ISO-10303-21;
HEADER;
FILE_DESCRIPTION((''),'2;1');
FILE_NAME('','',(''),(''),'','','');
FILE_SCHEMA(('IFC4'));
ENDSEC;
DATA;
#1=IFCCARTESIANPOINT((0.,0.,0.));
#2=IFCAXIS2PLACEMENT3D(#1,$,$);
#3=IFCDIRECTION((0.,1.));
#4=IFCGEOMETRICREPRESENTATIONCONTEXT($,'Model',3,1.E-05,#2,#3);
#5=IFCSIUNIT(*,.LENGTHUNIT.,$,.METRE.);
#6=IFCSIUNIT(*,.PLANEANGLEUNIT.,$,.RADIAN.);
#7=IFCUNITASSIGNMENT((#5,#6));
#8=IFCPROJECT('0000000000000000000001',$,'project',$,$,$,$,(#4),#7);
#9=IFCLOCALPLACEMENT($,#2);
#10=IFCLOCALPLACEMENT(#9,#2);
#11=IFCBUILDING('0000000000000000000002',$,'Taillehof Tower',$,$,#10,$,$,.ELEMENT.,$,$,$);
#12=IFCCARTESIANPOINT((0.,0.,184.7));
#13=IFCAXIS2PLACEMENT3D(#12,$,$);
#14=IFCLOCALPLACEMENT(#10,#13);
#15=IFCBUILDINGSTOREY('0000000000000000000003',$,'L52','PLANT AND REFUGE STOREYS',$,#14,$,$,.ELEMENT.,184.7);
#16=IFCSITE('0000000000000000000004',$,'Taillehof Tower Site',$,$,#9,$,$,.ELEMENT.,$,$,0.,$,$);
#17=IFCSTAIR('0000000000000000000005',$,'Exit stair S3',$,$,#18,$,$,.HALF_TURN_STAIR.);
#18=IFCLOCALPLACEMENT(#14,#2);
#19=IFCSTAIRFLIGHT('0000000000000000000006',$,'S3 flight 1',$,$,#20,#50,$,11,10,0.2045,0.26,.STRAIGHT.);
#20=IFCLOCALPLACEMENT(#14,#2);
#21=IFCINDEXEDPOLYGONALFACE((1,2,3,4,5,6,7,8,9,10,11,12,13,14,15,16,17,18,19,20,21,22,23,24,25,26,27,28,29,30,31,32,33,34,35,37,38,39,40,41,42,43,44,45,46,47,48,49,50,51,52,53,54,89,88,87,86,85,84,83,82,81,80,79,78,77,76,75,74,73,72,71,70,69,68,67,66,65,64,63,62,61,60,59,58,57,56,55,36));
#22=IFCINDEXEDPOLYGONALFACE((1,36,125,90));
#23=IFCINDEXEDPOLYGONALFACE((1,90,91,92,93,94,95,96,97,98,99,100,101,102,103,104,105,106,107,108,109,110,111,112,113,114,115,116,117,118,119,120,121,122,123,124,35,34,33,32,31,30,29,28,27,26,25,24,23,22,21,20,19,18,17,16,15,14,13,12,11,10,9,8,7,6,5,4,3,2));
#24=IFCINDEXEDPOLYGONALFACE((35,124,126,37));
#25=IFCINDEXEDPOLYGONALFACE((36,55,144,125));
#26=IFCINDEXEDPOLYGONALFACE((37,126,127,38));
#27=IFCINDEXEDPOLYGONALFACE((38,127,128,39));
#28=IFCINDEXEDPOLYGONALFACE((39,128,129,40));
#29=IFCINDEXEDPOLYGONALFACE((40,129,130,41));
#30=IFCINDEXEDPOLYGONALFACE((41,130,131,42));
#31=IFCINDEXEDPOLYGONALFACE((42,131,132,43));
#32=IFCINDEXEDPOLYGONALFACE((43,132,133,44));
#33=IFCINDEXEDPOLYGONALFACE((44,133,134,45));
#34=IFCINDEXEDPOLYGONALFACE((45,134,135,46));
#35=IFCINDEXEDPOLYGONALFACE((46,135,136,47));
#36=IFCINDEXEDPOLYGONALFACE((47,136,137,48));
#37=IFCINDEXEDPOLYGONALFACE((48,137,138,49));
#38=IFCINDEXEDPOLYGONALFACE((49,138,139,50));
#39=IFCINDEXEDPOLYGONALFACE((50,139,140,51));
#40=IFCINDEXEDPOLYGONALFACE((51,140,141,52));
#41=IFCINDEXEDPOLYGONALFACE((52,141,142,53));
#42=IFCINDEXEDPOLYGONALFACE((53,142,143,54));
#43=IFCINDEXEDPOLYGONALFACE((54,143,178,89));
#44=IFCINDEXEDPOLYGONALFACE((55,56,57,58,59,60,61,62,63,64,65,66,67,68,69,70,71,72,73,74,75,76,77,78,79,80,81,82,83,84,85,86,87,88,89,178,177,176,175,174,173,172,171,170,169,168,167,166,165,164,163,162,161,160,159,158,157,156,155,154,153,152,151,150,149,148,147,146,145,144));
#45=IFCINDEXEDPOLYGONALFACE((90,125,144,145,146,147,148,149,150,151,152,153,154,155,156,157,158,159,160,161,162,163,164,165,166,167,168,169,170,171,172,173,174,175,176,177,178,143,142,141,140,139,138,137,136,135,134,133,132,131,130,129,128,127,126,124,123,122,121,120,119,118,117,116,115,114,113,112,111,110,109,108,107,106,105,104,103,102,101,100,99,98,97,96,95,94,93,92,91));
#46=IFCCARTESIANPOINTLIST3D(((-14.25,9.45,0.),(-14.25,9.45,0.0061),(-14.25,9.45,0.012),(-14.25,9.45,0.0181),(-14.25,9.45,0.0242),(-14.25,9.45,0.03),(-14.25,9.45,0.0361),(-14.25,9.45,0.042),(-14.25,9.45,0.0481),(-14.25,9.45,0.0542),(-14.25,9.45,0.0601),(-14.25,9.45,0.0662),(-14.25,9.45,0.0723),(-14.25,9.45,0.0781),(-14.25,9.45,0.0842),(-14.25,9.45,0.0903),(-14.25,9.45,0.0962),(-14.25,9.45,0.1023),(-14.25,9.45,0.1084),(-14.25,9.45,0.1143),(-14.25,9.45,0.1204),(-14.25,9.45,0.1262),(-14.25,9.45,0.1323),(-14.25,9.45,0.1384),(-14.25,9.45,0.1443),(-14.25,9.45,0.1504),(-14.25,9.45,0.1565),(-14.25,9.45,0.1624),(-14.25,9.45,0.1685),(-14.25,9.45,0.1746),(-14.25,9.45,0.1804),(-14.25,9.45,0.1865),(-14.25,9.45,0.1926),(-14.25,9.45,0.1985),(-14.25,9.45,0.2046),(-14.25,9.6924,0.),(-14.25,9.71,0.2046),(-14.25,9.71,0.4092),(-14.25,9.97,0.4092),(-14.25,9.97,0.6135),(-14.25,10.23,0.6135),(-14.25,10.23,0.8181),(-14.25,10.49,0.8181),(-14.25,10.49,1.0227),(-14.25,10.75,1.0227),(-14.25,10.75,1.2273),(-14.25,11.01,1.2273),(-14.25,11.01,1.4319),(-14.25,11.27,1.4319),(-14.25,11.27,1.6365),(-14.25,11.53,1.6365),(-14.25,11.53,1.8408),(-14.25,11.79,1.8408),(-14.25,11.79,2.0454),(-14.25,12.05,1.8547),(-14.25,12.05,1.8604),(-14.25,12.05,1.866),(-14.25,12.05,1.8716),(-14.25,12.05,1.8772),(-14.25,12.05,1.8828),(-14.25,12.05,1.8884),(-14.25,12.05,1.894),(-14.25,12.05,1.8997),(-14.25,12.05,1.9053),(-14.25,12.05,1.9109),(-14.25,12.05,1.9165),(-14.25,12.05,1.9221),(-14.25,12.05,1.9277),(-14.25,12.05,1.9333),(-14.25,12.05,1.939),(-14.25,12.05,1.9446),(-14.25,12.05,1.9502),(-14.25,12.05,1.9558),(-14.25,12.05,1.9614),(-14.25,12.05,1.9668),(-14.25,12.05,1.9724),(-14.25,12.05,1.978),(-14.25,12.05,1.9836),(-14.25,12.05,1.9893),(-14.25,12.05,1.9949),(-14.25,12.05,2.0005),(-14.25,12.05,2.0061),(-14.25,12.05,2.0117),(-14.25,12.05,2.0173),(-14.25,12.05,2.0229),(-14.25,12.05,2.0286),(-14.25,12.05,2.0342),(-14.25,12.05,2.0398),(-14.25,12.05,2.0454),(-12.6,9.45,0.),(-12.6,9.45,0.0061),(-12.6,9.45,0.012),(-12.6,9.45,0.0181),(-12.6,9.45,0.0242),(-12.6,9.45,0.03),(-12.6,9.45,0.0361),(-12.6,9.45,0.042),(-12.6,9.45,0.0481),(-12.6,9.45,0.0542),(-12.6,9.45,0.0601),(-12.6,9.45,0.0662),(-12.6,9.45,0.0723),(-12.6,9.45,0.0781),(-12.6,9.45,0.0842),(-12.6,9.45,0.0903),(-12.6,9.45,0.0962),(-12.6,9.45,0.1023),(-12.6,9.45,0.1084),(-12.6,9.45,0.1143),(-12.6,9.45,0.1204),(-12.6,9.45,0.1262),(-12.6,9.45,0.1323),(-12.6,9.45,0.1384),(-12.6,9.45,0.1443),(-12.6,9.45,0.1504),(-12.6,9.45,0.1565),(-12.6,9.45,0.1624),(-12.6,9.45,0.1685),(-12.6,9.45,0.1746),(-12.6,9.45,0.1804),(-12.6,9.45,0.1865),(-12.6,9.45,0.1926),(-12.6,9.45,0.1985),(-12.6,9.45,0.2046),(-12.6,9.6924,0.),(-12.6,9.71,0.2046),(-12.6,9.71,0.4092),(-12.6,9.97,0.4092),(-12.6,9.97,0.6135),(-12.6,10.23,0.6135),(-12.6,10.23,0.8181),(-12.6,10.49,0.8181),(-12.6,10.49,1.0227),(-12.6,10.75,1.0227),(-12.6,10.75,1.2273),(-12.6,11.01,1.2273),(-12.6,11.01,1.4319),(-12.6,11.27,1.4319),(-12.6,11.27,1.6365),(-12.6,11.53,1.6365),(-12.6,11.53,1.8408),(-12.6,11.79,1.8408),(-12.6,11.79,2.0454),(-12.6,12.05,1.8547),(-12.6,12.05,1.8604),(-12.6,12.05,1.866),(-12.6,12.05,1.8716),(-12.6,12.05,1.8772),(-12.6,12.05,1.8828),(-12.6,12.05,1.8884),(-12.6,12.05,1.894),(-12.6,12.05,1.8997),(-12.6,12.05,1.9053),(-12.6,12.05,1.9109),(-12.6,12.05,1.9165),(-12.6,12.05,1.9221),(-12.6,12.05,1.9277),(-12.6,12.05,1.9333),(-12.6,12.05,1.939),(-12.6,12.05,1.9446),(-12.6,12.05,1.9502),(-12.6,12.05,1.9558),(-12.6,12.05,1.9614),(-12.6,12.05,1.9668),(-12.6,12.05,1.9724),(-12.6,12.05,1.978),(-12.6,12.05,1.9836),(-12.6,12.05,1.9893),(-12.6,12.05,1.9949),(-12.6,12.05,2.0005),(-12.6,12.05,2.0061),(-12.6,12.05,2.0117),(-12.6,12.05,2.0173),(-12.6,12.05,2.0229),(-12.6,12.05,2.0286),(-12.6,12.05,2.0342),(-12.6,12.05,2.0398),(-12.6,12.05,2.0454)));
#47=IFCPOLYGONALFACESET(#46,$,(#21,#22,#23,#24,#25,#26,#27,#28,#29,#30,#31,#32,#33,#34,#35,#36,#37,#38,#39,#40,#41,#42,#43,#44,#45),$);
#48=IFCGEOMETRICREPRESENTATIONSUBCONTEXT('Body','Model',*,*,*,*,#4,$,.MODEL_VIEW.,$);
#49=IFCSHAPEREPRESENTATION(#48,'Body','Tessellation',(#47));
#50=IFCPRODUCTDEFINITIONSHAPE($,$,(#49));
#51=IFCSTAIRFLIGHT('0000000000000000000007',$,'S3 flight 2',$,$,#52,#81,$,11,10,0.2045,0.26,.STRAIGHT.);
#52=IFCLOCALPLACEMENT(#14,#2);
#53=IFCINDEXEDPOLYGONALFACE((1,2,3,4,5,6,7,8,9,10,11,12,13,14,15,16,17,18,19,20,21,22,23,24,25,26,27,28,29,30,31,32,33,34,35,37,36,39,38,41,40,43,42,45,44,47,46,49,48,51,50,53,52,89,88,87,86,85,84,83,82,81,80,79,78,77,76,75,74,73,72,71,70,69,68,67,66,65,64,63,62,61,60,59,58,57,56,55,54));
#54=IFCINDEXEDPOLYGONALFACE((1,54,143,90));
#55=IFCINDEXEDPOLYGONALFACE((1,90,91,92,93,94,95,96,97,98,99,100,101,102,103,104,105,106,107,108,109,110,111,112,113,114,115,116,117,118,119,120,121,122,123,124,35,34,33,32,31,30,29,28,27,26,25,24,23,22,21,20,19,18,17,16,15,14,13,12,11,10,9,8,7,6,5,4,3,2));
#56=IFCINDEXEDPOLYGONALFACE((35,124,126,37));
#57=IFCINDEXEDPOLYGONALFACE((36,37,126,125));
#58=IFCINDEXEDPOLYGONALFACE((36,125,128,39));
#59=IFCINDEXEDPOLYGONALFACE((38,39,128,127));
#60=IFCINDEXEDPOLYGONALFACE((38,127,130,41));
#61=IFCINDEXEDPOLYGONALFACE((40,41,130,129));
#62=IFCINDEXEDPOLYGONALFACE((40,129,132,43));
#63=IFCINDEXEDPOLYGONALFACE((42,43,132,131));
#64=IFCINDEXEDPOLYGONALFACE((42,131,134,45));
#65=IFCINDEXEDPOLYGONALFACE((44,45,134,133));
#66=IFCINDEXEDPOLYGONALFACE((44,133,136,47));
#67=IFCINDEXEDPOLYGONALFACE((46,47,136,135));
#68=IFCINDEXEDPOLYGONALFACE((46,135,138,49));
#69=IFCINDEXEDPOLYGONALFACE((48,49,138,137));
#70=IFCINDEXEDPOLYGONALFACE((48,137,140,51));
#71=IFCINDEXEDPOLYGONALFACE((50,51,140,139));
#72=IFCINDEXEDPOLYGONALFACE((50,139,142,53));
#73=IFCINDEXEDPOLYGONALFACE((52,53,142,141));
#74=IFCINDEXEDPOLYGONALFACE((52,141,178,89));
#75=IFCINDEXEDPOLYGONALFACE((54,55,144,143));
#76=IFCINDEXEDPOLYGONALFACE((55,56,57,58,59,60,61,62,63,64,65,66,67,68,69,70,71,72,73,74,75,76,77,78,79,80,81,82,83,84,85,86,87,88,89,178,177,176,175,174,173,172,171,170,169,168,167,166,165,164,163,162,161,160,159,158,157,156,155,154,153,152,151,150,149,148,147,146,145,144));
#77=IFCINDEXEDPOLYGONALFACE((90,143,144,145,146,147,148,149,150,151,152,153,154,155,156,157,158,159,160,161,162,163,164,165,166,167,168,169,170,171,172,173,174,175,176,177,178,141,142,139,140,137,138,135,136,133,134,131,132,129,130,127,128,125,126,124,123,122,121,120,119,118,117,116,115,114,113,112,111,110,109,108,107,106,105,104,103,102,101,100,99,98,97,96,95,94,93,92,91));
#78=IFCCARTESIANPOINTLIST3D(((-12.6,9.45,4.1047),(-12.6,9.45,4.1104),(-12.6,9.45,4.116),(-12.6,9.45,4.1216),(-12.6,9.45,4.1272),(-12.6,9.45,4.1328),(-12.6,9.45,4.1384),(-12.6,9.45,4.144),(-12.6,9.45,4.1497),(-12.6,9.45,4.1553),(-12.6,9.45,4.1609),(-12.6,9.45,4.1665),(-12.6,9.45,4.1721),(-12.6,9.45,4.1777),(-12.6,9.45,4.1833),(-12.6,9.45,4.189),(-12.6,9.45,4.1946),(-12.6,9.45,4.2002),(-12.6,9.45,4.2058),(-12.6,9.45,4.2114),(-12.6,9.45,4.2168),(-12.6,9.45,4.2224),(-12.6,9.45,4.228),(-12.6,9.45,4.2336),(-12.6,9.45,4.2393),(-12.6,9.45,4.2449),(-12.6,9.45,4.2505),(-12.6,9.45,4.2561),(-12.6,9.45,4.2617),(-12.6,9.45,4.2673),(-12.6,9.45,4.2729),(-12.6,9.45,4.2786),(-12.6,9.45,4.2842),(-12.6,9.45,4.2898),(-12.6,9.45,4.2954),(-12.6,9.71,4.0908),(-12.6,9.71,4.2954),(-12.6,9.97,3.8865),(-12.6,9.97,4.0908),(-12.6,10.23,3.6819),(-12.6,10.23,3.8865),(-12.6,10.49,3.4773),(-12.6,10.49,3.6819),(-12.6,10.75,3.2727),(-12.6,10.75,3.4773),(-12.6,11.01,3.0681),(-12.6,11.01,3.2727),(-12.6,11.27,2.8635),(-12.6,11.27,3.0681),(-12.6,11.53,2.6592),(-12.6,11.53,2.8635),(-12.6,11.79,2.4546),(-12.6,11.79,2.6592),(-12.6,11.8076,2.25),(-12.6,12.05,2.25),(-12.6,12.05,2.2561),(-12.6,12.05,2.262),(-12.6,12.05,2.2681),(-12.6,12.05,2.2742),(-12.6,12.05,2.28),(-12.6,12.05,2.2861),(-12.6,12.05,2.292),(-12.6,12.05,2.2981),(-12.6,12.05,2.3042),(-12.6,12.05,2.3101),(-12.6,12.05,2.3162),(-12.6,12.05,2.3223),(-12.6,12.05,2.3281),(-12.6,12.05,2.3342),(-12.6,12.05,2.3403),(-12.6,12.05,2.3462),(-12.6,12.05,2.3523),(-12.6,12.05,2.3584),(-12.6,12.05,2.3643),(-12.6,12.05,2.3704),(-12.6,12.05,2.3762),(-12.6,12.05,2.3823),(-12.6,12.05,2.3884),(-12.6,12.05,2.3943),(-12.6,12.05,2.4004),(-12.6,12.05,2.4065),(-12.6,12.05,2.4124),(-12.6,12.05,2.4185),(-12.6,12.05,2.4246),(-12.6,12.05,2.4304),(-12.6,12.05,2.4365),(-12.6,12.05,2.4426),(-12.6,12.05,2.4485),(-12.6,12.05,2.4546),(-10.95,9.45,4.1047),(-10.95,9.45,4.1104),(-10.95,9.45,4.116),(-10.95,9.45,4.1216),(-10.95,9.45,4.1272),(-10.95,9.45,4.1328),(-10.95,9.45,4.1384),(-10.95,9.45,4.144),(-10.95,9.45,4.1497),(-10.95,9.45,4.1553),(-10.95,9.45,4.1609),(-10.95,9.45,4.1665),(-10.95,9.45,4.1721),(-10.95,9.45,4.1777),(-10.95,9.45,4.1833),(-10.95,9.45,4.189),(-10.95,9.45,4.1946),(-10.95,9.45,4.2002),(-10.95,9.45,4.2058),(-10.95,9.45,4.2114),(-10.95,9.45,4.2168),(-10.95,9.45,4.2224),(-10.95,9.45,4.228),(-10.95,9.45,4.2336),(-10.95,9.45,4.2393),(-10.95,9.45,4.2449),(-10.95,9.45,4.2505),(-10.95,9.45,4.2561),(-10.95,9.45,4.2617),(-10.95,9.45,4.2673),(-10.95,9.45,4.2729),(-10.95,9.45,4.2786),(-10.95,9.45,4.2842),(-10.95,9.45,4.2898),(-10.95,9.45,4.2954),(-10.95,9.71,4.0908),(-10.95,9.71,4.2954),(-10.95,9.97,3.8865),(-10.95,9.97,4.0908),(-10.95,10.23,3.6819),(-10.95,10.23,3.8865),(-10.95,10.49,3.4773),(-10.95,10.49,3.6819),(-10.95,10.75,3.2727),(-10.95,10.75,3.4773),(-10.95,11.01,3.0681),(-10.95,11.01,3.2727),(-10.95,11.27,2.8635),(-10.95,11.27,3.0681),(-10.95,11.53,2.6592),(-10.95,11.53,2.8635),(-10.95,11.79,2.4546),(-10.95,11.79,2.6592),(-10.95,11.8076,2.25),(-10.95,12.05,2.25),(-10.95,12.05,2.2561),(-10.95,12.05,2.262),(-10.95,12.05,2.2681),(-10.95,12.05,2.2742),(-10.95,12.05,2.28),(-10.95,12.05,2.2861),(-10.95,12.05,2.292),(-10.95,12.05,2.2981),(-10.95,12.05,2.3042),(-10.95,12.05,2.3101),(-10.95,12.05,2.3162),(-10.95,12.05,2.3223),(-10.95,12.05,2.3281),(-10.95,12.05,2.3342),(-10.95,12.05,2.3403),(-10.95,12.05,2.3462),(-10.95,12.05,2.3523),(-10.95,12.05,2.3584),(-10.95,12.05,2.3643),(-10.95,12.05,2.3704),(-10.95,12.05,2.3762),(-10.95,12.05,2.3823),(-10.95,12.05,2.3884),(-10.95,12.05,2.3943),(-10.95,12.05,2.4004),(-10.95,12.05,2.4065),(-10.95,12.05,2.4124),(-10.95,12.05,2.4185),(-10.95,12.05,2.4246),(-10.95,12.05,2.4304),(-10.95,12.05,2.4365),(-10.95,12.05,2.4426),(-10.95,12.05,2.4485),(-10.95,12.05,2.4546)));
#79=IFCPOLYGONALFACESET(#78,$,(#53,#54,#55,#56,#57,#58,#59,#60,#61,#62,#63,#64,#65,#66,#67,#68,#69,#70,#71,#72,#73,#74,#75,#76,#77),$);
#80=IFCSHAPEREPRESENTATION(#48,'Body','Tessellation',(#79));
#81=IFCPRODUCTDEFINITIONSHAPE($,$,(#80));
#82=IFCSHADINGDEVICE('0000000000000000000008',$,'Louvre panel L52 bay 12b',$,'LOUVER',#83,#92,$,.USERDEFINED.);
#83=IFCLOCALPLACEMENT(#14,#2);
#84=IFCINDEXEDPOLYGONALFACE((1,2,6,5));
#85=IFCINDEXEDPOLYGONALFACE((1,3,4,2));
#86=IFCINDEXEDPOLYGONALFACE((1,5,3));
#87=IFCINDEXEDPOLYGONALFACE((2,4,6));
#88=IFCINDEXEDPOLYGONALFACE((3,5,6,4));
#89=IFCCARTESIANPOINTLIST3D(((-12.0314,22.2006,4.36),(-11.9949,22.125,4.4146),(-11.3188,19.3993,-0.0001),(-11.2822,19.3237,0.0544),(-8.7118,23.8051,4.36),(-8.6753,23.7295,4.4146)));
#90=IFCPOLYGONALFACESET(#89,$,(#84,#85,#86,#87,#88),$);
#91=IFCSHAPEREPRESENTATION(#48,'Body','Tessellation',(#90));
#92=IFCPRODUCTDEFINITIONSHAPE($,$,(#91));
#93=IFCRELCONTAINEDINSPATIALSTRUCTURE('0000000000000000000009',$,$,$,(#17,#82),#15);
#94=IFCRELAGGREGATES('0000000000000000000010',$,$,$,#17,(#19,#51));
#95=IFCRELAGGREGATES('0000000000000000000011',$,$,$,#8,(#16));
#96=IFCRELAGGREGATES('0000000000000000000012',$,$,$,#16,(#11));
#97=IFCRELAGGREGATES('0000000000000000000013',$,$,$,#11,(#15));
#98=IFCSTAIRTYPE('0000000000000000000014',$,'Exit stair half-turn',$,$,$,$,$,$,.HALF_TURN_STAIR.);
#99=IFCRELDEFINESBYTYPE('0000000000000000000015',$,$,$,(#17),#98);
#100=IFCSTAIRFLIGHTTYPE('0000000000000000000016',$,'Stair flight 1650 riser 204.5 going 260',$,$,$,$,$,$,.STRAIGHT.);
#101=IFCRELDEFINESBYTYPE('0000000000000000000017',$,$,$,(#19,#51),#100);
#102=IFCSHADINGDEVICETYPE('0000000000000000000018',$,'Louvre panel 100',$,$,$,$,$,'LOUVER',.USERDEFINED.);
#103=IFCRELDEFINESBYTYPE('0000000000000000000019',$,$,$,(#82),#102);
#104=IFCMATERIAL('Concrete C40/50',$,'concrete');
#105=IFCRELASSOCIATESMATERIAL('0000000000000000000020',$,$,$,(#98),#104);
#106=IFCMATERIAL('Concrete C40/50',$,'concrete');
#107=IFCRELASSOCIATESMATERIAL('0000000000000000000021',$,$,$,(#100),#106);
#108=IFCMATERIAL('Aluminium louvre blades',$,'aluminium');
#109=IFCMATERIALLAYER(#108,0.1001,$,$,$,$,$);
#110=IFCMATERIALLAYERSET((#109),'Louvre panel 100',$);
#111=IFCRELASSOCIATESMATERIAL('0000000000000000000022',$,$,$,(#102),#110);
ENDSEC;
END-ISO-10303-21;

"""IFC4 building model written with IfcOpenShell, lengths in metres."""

from ifc_helpers import new_model, si_unit, direction, frame, origin, place, context, subcontext, project, spatial, polyline, outline, extrude, material, layer, layer_set, type_object, element, aggregate, save


model = new_model("IFC4")

# Units and contexts
model_context = context("Model", 3, precision=1e-05, world=origin(), true_north=direction((0.0, 1.0)))
body_context = subcontext(model_context, "Body", "Model", "MODEL_VIEW")
ifc_project = project(units=[si_unit("LENGTHUNIT", "METRE"), si_unit("PLANEANGLEUNIT", "RADIAN")], contexts=[model_context])

# Site, building, storey
site_placement = place(None, origin())
site = spatial("IfcSite", under=ifc_project, at=site_placement, Name="Taillehof Tower Site", CompositionType="ELEMENT", RefElevation=0.0)
building_placement = place(site_placement, origin())
building = spatial("IfcBuilding", under=site, at=building_placement, Name="Taillehof Tower", CompositionType="ELEMENT")
storey_placement = place(building_placement, frame((0.0, 0.0, 184.7)))
storey = spatial("IfcBuildingStorey", under=building, at=storey_placement, Name="L52", Description="PLANT AND REFUGE STOREYS", CompositionType="ELEMENT", Elevation=184.7)

# Stair, stair flights
ifc_material_1 = material(Name="Concrete C40/50", Category="concrete")
stair_type = type_object("IfcStairType", Name="Exit stair half-turn", PredefinedType="HALF_TURN_STAIR", material=ifc_material_1)
stair_placement = place(storey_placement, origin())
stair = element("IfcStair", 1, at=stair_placement, inside=storey, type_object=stair_type, Name="Exit stair S3", PredefinedType="HALF_TURN_STAIR")
ifc_material_2 = material(Name="Concrete C40/50", Category="concrete")
stair_flight_type = type_object("IfcStairFlightType", Name="Stair flight 1650 riser 204.5 going 260", PredefinedType="STRAIGHT", material=ifc_material_2)
stair_flight_1_placement = place(storey_placement, frame((-13.425, 9.45, 0.0), z_axis=(0.0, 0.0, 1.0), x_axis=(0.0, 1.0, 0.0)))
stair_flight_1 = element("IfcStairFlight", 2, at=stair_flight_1_placement, type_object=stair_flight_type, Name="S3 flight 1", NumberOfRisers=11, NumberOfTreads=10, PredefinedType="STRAIGHT", RiserHeight=0.2045, TreadLength=0.26, context=body_context, shape_type="SweptSolid", body=[
    extrude(outline(polyline([(0.0, 0.0), (0.0, 0.0061), (0.0, 0.012), (0.0, 0.0181), (0.0, 0.0242), (0.0, 0.03), (0.0, 0.0361), (0.0, 0.042), (0.0, 0.0481), (0.0, 0.0542), (0.0, 0.0601), (0.0, 0.0662), (0.0, 0.0723), (0.0, 0.0781), (0.0, 0.0842), (0.0, 0.0903), (0.0, 0.0962), (0.0, 0.1023), (0.0, 0.1084), (0.0, 0.1143), (0.0, 0.1204), (0.0, 0.1262), (0.0, 0.1323), (0.0, 0.1384), (0.0, 0.1443), (0.0, 0.1504), (0.0, 0.1565), (0.0, 0.1624), (0.0, 0.1685), (0.0, 0.1746), (0.0, 0.1804), (0.0, 0.1865), (0.0, 0.1926), (0.0, 0.1985), (0.0, 0.2046), (0.26, 0.2046), (0.26, 0.4092), (0.52, 0.4092), (0.52, 0.6135), (0.78, 0.6135), (0.78, 0.8181), (1.04, 0.8181), (1.04, 1.0227), (1.3, 1.0227), (1.3, 1.2273), (1.5601, 1.2273), (1.5601, 1.4319), (1.8201, 1.4319), (1.8201, 1.6365), (2.0801, 1.6365), (2.0801, 1.8408), (2.3401, 1.8408), (2.3401, 2.0454), (2.6001, 2.0454), (2.6001, 2.0398), (2.6001, 2.0342), (2.6001, 2.0286), (2.6001, 2.0229), (2.6001, 2.0173), (2.6001, 2.0117), (2.6001, 2.0061), (2.6001, 2.0005), (2.6001, 1.9949), (2.6001, 1.9893), (2.6001, 1.9836), (2.6001, 1.978), (2.6001, 1.9724), (2.6001, 1.9668), (2.6001, 1.9614), (2.6001, 1.9558), (2.6001, 1.9502), (2.6001, 1.9446), (2.6001, 1.939), (2.6001, 1.9333), (2.6001, 1.9277), (2.6001, 1.9221), (2.6001, 1.9165), (2.6001, 1.9109), (2.6001, 1.9053), (2.6001, 1.8997), (2.6001, 1.894), (2.6001, 1.8884), (2.6001, 1.8828), (2.6001, 1.8772), (2.6001, 1.8716), (2.6001, 1.866), (2.6001, 1.8604), (2.6001, 1.8547), (0.2424, 0.0), (0.0, 0.0)])), frame((0.0, 0.825, 0.0), z_axis=(0.0, -1.0, 0.0), x_axis=(1.0, 0.0, 0.0)), (0.0, 0.0, 1.0), 1.65),
])
stair_flight_2_placement = place(storey_placement, frame((-11.7749, 12.05, 2.25), z_axis=(0.0, 0.0, 1.0), x_axis=(0.0, -1.0, 0.0)))
stair_flight_2 = element("IfcStairFlight", 3, at=stair_flight_2_placement, type_object=stair_flight_type, Name="S3 flight 2", NumberOfRisers=11, NumberOfTreads=10, PredefinedType="STRAIGHT", RiserHeight=0.2045, TreadLength=0.26, context=body_context, shape_type="SweptSolid", body=[
    extrude(outline(polyline([(0.0, 0.0), (0.0, 0.0061), (0.0, 0.012), (0.0, 0.0181), (0.0, 0.0242), (0.0, 0.03), (0.0, 0.0361), (0.0, 0.042), (0.0, 0.0481), (0.0, 0.0542), (0.0, 0.0601), (0.0, 0.0662), (0.0, 0.0723), (0.0, 0.0781), (0.0, 0.0842), (0.0, 0.0903), (0.0, 0.0962), (0.0, 0.1023), (0.0, 0.1084), (0.0, 0.1143), (0.0, 0.1204), (0.0, 0.1262), (0.0, 0.1323), (0.0, 0.1384), (0.0, 0.1443), (0.0, 0.1504), (0.0, 0.1565), (0.0, 0.1624), (0.0, 0.1685), (0.0, 0.1746), (0.0, 0.1804), (0.0, 0.1865), (0.0, 0.1926), (0.0, 0.1985), (0.0, 0.2046), (0.26, 0.2046), (0.26, 0.4092), (0.52, 0.4092), (0.52, 0.6135), (0.78, 0.6135), (0.78, 0.8181), (1.04, 0.8181), (1.04, 1.0227), (1.3, 1.0227), (1.3, 1.2273), (1.5601, 1.2273), (1.5601, 1.4319), (1.8201, 1.4319), (1.8201, 1.6365), (2.0801, 1.6365), (2.0801, 1.8408), (2.3401, 1.8408), (2.3401, 2.0454), (2.6001, 2.0454), (2.6001, 2.0398), (2.6001, 2.0342), (2.6001, 2.0286), (2.6001, 2.0229), (2.6001, 2.0173), (2.6001, 2.0117), (2.6001, 2.0061), (2.6001, 2.0005), (2.6001, 1.9949), (2.6001, 1.9893), (2.6001, 1.9836), (2.6001, 1.978), (2.6001, 1.9724), (2.6001, 1.9668), (2.6001, 1.9614), (2.6001, 1.9558), (2.6001, 1.9502), (2.6001, 1.9446), (2.6001, 1.939), (2.6001, 1.9333), (2.6001, 1.9277), (2.6001, 1.9221), (2.6001, 1.9165), (2.6001, 1.9109), (2.6001, 1.9053), (2.6001, 1.8997), (2.6001, 1.894), (2.6001, 1.8884), (2.6001, 1.8828), (2.6001, 1.8772), (2.6001, 1.8716), (2.6001, 1.866), (2.6001, 1.8604), (2.6001, 1.8547), (0.2424, 0.0), (0.0, 0.0)])), frame((0.0, 0.825, 0.0), z_axis=(0.0, -1.0, 0.0), x_axis=(1.0, 0.0, 0.0)), (0.0, 0.0, 1.0), 1.65),
])
aggregate(stair, [stair_flight_1, stair_flight_2])

# Shading device
ifc_material_3 = material(Name="Aluminium louvre blades", Category="aluminium")
ifc_layer_1 = layer(ifc_material_3, 0.1001)
ifc_layer_set_1 = layer_set([ifc_layer_1], Name="Louvre panel 100")
shading_device_type = type_object("IfcShadingDeviceType", Name="Louvre panel 100", ElementType="LOUVER", PredefinedType="USERDEFINED", material=ifc_layer_set_1)
shading_device_1_placement = place(storey_placement, frame((-11.2822, 19.3237, 0.0544), z_axis=(0.36494, -0.755034, 0.544741), x_axis=(-0.13623, 0.535492, 0.83348)))
element("IfcShadingDevice", 4, at=shading_device_1_placement, inside=storey, type_object=shading_device_type, Name="Louvre panel L52 bay 12b", ObjectType="LOUVER", PredefinedType="USERDEFINED", context=body_context, shape_type="SweptSolid", body=[
    extrude(outline(polyline([(0.0, 0.0), (5.2312, 0.0), (5.6382, -3.6645), (0.0, 0.0)])), origin(), (0.0, 0.0, -1.0), 0.1001),
])

save(model, "model.ifc")
